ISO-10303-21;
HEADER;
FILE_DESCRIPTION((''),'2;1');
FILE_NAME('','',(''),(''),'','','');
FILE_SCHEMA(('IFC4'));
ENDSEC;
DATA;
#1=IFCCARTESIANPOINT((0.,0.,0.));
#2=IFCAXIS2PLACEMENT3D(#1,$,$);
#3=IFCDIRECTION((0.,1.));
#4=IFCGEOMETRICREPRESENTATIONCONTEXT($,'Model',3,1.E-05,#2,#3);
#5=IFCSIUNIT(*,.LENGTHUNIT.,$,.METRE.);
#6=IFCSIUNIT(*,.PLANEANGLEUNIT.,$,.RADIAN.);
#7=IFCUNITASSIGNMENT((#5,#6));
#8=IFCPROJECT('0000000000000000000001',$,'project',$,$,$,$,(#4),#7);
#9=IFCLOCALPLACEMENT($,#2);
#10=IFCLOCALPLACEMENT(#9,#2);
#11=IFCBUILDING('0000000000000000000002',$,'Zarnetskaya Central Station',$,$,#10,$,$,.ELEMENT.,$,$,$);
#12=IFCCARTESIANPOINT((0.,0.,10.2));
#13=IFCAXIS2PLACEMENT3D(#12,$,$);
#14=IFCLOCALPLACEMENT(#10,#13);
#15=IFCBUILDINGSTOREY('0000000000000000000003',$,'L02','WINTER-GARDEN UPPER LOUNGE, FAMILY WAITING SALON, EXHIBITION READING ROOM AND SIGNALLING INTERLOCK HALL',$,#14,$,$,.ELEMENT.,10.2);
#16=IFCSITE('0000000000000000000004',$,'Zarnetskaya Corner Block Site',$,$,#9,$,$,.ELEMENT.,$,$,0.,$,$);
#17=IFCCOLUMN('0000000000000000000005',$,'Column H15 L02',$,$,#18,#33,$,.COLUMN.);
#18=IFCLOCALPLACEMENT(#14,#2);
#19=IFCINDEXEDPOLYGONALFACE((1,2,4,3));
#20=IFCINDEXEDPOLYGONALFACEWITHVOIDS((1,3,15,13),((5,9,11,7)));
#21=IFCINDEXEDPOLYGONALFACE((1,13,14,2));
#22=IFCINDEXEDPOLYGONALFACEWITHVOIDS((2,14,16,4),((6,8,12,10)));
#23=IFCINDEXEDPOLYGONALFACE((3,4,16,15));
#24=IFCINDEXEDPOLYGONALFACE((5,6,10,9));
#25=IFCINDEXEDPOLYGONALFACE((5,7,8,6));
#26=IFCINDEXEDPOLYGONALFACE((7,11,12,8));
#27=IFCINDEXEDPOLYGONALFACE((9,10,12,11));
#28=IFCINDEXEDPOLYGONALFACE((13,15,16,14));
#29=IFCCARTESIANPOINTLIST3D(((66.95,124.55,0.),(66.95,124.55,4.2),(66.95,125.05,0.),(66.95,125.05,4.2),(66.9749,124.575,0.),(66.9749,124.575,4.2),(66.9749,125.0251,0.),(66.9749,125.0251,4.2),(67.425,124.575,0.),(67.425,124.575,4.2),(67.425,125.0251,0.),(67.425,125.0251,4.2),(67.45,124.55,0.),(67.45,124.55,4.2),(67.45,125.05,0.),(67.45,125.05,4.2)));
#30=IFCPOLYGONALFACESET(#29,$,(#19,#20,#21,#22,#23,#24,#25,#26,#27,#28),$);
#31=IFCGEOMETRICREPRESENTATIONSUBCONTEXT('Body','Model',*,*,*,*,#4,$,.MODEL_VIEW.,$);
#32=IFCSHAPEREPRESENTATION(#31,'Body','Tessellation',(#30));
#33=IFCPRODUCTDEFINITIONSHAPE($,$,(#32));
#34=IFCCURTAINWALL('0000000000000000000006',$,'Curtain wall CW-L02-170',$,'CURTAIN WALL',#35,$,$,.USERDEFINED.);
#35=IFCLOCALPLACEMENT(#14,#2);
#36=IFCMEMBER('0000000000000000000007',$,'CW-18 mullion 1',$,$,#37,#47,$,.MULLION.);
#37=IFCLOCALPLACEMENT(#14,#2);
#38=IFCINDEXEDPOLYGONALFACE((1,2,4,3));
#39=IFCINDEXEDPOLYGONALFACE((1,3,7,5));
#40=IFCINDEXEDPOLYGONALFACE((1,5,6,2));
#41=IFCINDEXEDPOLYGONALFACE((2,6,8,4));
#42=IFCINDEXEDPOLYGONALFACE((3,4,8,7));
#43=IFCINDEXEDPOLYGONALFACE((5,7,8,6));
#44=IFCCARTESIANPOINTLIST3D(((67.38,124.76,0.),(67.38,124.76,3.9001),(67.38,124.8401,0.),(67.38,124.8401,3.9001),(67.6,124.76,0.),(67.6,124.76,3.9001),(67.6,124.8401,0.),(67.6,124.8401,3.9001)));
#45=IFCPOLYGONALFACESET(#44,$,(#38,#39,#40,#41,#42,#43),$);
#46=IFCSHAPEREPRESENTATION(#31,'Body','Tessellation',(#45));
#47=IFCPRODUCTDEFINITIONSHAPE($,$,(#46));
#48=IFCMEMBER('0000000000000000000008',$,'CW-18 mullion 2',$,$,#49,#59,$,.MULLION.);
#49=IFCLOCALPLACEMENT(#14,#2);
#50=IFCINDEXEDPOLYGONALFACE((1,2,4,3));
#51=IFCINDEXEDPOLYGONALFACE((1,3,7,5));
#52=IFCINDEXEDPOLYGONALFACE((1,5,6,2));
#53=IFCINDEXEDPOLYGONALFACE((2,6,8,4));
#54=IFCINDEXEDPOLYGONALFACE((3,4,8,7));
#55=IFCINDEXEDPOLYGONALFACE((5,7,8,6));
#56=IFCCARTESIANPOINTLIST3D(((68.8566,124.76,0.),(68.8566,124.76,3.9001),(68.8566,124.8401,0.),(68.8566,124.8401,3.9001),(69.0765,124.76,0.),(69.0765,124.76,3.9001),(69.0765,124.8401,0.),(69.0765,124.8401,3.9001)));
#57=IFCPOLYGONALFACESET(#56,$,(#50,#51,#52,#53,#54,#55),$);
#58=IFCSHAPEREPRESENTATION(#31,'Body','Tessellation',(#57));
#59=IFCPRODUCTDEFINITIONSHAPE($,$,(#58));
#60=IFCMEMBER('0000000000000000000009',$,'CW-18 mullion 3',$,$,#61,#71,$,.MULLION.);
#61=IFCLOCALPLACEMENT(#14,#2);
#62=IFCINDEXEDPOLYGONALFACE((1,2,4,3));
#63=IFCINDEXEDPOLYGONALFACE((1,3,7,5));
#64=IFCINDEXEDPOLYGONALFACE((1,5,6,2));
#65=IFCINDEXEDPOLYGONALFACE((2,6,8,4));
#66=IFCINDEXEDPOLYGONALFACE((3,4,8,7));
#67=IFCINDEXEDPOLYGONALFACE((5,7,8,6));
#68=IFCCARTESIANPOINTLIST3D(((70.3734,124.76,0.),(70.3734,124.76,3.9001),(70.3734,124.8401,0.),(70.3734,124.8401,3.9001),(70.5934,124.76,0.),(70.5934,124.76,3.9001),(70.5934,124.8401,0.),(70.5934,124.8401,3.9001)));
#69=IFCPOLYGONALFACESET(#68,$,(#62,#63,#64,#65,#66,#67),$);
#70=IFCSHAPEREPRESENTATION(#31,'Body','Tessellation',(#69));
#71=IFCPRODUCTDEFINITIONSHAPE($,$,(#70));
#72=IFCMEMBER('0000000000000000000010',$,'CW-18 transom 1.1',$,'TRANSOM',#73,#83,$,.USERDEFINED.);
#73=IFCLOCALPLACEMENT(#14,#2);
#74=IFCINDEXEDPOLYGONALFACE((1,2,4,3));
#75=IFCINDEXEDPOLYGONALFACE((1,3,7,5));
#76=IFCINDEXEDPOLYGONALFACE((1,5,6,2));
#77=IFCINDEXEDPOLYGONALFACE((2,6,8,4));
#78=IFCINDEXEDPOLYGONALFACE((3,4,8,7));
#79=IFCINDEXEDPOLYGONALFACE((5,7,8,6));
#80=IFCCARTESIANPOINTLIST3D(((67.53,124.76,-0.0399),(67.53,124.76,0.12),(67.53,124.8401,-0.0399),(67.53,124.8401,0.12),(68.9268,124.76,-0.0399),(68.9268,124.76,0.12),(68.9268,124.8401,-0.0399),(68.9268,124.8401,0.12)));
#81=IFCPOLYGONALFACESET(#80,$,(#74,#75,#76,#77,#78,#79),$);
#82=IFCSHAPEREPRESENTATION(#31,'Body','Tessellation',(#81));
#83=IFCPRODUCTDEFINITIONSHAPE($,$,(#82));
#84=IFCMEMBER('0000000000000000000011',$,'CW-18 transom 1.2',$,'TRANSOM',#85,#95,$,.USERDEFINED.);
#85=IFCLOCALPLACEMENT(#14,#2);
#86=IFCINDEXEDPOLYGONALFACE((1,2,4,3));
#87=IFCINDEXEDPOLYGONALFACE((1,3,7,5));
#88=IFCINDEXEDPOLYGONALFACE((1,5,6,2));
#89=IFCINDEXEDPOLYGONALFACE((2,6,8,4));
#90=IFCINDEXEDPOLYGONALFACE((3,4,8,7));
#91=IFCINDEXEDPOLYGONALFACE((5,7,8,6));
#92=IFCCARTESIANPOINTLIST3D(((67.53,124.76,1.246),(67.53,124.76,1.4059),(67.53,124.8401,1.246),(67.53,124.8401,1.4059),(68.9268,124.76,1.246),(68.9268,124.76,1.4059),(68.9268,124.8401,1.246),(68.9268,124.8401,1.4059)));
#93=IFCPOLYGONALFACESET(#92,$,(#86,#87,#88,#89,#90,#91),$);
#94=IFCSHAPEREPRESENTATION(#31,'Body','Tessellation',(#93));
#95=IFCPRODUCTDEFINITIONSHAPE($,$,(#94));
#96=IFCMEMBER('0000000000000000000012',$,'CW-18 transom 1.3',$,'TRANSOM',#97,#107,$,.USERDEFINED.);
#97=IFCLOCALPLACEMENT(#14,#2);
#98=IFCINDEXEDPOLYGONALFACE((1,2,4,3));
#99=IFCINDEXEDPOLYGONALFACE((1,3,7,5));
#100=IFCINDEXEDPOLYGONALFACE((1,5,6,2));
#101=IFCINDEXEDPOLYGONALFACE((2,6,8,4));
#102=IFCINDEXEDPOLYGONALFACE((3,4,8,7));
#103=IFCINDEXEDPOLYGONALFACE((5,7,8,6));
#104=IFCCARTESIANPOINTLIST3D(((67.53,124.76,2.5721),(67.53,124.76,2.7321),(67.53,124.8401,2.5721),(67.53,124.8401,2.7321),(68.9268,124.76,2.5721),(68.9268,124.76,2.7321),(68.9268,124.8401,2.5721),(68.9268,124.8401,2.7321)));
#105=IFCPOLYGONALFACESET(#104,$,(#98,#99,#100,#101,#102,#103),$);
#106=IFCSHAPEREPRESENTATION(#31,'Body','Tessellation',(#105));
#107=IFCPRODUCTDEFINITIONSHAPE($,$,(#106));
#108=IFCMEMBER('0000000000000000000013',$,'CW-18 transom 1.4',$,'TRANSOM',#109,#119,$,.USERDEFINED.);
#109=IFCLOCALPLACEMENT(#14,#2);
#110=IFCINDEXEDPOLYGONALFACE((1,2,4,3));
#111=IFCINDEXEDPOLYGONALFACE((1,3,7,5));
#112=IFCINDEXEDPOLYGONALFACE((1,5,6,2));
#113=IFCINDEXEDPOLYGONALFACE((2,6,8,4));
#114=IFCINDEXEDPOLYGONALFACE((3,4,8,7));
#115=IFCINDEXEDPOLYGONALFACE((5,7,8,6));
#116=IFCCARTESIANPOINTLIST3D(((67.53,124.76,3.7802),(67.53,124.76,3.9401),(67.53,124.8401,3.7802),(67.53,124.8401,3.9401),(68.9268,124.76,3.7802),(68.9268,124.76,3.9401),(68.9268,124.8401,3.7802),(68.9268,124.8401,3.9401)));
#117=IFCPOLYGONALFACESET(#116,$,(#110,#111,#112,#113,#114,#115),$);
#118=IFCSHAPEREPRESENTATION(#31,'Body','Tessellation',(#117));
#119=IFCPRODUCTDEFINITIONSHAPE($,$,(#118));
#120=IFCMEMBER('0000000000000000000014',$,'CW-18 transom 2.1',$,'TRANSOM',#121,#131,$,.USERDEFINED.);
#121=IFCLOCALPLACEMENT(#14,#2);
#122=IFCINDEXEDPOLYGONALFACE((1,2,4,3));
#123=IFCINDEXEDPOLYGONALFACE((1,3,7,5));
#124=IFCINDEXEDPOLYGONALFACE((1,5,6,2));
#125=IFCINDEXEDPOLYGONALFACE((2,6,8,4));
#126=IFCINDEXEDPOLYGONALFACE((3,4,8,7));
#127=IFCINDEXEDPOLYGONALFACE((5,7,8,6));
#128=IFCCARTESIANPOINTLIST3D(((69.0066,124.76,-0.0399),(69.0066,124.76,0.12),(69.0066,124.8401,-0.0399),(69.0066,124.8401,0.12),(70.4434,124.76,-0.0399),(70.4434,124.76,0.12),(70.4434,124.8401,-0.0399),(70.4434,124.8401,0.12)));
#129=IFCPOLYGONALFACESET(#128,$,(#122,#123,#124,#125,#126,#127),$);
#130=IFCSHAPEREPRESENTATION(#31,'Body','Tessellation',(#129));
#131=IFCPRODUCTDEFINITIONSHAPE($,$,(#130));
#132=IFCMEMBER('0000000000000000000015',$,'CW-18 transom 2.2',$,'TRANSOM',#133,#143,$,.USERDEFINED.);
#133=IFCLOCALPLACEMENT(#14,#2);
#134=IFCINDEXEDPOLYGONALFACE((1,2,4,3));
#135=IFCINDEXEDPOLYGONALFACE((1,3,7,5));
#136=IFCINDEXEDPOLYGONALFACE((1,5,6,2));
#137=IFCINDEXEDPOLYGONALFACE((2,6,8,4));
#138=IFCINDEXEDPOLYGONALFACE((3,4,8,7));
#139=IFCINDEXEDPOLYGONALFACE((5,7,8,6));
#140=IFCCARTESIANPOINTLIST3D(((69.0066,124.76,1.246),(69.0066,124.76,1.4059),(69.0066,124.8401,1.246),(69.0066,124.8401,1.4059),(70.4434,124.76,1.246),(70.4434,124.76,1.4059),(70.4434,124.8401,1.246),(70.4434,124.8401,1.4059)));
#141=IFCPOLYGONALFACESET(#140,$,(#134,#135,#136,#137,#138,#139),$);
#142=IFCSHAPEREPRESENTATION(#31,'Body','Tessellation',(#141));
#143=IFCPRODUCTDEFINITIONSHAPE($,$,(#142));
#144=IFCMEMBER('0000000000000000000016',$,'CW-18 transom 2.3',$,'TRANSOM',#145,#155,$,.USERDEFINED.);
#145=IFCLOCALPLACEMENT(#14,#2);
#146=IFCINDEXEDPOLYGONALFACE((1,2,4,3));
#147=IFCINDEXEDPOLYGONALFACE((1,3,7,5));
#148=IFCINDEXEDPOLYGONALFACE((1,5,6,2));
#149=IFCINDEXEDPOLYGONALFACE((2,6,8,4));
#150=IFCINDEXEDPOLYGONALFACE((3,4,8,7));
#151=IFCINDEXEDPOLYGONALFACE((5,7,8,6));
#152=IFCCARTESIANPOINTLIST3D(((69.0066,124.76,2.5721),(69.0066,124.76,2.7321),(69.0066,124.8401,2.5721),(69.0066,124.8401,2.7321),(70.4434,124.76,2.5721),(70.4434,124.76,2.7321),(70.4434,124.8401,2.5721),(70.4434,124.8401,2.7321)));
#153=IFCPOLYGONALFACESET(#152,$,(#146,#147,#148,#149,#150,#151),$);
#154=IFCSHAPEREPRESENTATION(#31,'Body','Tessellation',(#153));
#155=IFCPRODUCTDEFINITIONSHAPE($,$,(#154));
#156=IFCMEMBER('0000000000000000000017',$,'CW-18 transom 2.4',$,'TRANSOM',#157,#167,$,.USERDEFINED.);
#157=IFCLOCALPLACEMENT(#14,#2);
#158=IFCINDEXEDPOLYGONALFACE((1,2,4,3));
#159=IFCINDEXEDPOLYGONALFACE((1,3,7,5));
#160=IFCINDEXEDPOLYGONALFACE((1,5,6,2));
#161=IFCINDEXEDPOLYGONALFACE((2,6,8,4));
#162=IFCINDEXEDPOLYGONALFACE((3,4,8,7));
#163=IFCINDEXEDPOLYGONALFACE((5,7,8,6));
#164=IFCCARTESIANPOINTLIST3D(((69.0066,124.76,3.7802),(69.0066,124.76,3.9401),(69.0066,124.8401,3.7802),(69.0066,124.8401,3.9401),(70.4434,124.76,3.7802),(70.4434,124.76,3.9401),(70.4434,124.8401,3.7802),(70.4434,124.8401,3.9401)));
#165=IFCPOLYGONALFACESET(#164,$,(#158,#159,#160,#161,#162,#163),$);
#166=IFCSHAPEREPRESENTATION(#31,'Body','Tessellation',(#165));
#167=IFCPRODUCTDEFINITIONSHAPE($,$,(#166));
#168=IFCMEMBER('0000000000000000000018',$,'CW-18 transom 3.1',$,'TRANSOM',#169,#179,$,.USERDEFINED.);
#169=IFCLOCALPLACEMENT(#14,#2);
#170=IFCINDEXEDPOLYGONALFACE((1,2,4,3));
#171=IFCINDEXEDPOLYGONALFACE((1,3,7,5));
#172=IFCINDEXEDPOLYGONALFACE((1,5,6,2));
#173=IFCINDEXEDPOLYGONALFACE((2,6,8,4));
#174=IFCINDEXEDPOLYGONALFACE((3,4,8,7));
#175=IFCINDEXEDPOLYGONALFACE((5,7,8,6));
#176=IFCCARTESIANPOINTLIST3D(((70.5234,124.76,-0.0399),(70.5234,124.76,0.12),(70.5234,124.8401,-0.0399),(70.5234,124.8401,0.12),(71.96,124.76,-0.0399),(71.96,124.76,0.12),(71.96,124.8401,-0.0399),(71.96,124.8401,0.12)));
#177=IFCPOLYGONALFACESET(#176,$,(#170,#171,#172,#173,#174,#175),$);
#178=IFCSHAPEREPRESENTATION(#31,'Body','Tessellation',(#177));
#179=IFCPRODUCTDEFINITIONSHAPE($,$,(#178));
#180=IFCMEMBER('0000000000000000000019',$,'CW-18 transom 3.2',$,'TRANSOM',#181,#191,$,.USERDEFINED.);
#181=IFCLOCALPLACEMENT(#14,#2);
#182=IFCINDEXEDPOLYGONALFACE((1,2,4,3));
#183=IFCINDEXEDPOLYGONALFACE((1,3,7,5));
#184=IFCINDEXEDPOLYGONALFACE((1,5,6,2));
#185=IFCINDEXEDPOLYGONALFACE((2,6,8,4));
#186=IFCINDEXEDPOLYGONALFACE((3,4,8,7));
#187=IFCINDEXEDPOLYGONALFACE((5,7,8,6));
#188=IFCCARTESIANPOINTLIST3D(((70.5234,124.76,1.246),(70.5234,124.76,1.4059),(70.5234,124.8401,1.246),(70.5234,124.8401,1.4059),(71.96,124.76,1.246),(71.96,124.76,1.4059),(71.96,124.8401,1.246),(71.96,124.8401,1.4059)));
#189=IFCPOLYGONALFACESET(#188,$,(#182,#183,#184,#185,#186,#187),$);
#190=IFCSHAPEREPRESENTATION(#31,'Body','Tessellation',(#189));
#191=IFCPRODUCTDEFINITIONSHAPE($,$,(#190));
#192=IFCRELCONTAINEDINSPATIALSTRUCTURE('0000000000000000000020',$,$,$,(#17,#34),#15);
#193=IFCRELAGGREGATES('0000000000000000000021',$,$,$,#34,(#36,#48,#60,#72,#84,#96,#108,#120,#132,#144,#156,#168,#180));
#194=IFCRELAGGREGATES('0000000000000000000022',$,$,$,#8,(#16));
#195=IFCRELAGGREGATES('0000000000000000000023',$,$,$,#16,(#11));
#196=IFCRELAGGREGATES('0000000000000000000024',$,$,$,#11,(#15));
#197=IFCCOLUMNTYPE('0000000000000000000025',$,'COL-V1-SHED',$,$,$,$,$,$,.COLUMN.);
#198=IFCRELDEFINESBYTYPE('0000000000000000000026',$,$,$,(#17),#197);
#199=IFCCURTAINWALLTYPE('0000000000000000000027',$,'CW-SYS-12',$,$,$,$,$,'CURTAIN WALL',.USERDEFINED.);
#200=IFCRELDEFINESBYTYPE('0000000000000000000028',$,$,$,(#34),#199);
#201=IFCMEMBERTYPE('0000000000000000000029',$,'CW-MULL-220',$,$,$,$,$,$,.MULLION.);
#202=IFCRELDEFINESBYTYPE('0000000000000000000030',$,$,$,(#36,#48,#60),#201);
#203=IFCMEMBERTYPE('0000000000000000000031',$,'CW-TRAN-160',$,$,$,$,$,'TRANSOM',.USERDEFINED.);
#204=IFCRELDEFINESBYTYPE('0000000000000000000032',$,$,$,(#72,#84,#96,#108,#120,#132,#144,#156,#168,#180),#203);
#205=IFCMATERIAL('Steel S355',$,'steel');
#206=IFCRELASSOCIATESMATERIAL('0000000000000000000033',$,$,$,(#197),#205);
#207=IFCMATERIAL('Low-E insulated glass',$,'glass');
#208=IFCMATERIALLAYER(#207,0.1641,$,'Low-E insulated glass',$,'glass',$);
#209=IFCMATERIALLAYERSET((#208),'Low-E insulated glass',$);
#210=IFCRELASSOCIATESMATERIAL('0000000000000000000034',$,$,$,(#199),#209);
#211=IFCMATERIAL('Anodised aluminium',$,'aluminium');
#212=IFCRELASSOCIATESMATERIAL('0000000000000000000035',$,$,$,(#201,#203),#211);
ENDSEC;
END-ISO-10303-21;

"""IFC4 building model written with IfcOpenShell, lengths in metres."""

from ifc_helpers import new_model, si_unit, direction, frame, origin, origin_2d, place, context, subcontext, project, spatial, rectangle, hollow_rectangle, extrude, material, layer, layer_set, material_profile, profile_set, type_object, element, aggregate, save


model = new_model("IFC4")

# Units and contexts
model_context = context("Model", 3, precision=1e-05, world=origin(), true_north=direction((0.0, 1.0)))
body_context = subcontext(model_context, "Body", "Model", "MODEL_VIEW")
ifc_project = project(units=[si_unit("LENGTHUNIT", "METRE"), si_unit("PLANEANGLEUNIT", "RADIAN")], contexts=[model_context])

# Site, building, storey
site_placement = place(None, origin())
site = spatial("IfcSite", under=ifc_project, at=site_placement, Name="Zarnetskaya Corner Block Site", CompositionType="ELEMENT", RefElevation=0.0)
building_placement = place(site_placement, origin())
building = spatial("IfcBuilding", under=site, at=building_placement, Name="Zarnetskaya Central Station", CompositionType="ELEMENT")
storey_placement = place(building_placement, frame((0.0, 0.0, 10.2)))
storey = spatial("IfcBuildingStorey", under=building, at=storey_placement, Name="L02", Description="WINTER-GARDEN UPPER LOUNGE, FAMILY WAITING SALON, EXHIBITION READING ROOM AND SIGNALLING INTERLOCK HALL", CompositionType="ELEMENT", Elevation=10.2)

# Column
ifc_material_1 = material(Name="Steel S355", Category="steel")
ifc_material_profile_1 = material_profile(ifc_material_1, hollow_rectangle(XDim=0.5, YDim=0.5, WallThickness=0.0249, at=origin_2d()), Name="BOX 500x500x25")
ifc_profile_set_1 = profile_set([ifc_material_profile_1], Name="Steel S355")
column_type = type_object("IfcColumnType", Name="COL-V1-SHED", PredefinedType="COLUMN", material=ifc_profile_set_1)
column_placement = place(storey_placement, frame((67.2, 124.8, 0.0), z_axis=(0.0, 0.0, 1.0), x_axis=(1.0, 0.0, 0.0)))
element("IfcColumn", 1, at=column_placement, inside=storey, type_object=column_type, Name="Column H15 L02", PredefinedType="COLUMN", context=body_context, shape_type="SweptSolid", body=[
    extrude(hollow_rectangle(XDim=0.5, YDim=0.5, WallThickness=0.0249, at=origin_2d()), origin(), (0.0, 0.0, 1.0), 4.2),
])

# Curtain wall, members
ifc_material_2 = material(Name="Low-E insulated glass", Category="glass")
ifc_layer_1 = layer(ifc_material_2, 0.1641, Name="Low-E insulated glass", Category="glass")
ifc_layer_set_1 = layer_set([ifc_layer_1], Name="Low-E insulated glass")
curtain_wall_type = type_object("IfcCurtainWallType", Name="CW-SYS-12", ElementType="CURTAIN WALL", PredefinedType="USERDEFINED", material=ifc_layer_set_1)
curtain_wall_placement = place(storey_placement, origin())
curtain_wall = element("IfcCurtainWall", 2, at=curtain_wall_placement, inside=storey, type_object=curtain_wall_type, Name="Curtain wall CW-L02-170", ObjectType="CURTAIN WALL", PredefinedType="USERDEFINED")
ifc_material_3 = material(Name="Anodised aluminium", Category="aluminium")
ifc_material_profile_2 = material_profile(ifc_material_3, rectangle(XDim=0.0801, YDim=0.22, at=origin_2d()), Name="ALU MULL 80x220")
ifc_profile_set_2 = profile_set([ifc_material_profile_2], Name="Anodised aluminium")
member_type_1 = type_object("IfcMemberType", Name="CW-MULL-220", PredefinedType="MULLION", material=ifc_profile_set_2)
member_1_placement = place(storey_placement, frame((67.49, 124.8, 0.0), z_axis=(0.0, 0.0, 1.0), x_axis=(0.0, 1.0, 0.0)))
member_1 = element("IfcMember", 3, at=member_1_placement, type_object=member_type_1, Name="CW-18 mullion 1", PredefinedType="MULLION", context=body_context, shape_type="SweptSolid", body=[
    extrude(rectangle(XDim=0.0801, YDim=0.22, at=origin_2d()), origin(), (0.0, 0.0, 1.0), 3.9001),
])
member_2_placement = place(storey_placement, frame((68.9666, 124.8, 0.0), z_axis=(0.0, 0.0, 1.0), x_axis=(0.0, 1.0, 0.0)))
member_2 = element("IfcMember", 4, at=member_2_placement, type_object=member_type_1, Name="CW-18 mullion 2", PredefinedType="MULLION", context=body_context, shape_type="SweptSolid", body=[
    extrude(rectangle(XDim=0.0801, YDim=0.22, at=origin_2d()), origin(), (0.0, 0.0, 1.0), 3.9001),
])
member_3_placement = place(storey_placement, frame((70.4834, 124.8, 0.0), z_axis=(0.0, 0.0, 1.0), x_axis=(0.0, 1.0, 0.0)))
member_3 = element("IfcMember", 5, at=member_3_placement, type_object=member_type_1, Name="CW-18 mullion 3", PredefinedType="MULLION", context=body_context, shape_type="SweptSolid", body=[
    extrude(rectangle(XDim=0.0801, YDim=0.22, at=origin_2d()), origin(), (0.0, 0.0, 1.0), 3.9001),
])
ifc_material_profile_3 = material_profile(ifc_material_3, rectangle(XDim=0.0801, YDim=0.1599, at=origin_2d()), Name="ALU TRAN 80x160")
ifc_profile_set_3 = profile_set([ifc_material_profile_3], Name="Anodised aluminium")
member_type_2 = type_object("IfcMemberType", Name="CW-TRAN-160", ElementType="TRANSOM", PredefinedType="USERDEFINED", material=ifc_profile_set_3)
member_4_placement = place(storey_placement, frame((67.53, 124.8, 0.04), z_axis=(1.0, 0.0, 0.0), x_axis=(0.0, 1.0, 0.0)))
member_4 = element("IfcMember", 6, at=member_4_placement, type_object=member_type_2, Name="CW-18 transom 1.1", ObjectType="TRANSOM", PredefinedType="USERDEFINED", context=body_context, shape_type="SweptSolid", body=[
    extrude(rectangle(XDim=0.0801, YDim=0.1599, at=origin_2d()), origin(), (0.0, 0.0, 1.0), 1.3967),
])
member_5_placement = place(storey_placement, frame((67.53, 124.8, 1.3259), z_axis=(1.0, 0.0, 0.0), x_axis=(0.0, 1.0, 0.0)))
member_5 = element("IfcMember", 7, at=member_5_placement, type_object=member_type_2, Name="CW-18 transom 1.2", ObjectType="TRANSOM", PredefinedType="USERDEFINED", context=body_context, shape_type="SweptSolid", body=[
    extrude(rectangle(XDim=0.0801, YDim=0.1599, at=origin_2d()), origin(), (0.0, 0.0, 1.0), 1.3967),
])
member_6_placement = place(storey_placement, frame((67.53, 124.8, 2.6521), z_axis=(1.0, 0.0, 0.0), x_axis=(0.0, 1.0, 0.0)))
member_6 = element("IfcMember", 8, at=member_6_placement, type_object=member_type_2, Name="CW-18 transom 1.3", ObjectType="TRANSOM", PredefinedType="USERDEFINED", context=body_context, shape_type="SweptSolid", body=[
    extrude(rectangle(XDim=0.0801, YDim=0.1599, at=origin_2d()), origin(), (0.0, 0.0, 1.0), 1.3967),
])
member_7_placement = place(storey_placement, frame((67.53, 124.8, 3.8601), z_axis=(1.0, 0.0, 0.0), x_axis=(0.0, 1.0, 0.0)))
member_7 = element("IfcMember", 9, at=member_7_placement, type_object=member_type_2, Name="CW-18 transom 1.4", ObjectType="TRANSOM", PredefinedType="USERDEFINED", context=body_context, shape_type="SweptSolid", body=[
    extrude(rectangle(XDim=0.0801, YDim=0.1599, at=origin_2d()), origin(), (0.0, 0.0, 1.0), 1.3967),
])
member_8_placement = place(storey_placement, frame((69.0066, 124.8, 0.04), z_axis=(1.0, 0.0, 0.0), x_axis=(0.0, 1.0, 0.0)))
member_8 = element("IfcMember", 10, at=member_8_placement, type_object=member_type_2, Name="CW-18 transom 2.1", ObjectType="TRANSOM", PredefinedType="USERDEFINED", context=body_context, shape_type="SweptSolid", body=[
    extrude(rectangle(XDim=0.0801, YDim=0.1599, at=origin_2d()), origin(), (0.0, 0.0, 1.0), 1.4368),
])
member_9_placement = place(storey_placement, frame((69.0066, 124.8, 1.3259), z_axis=(1.0, 0.0, 0.0), x_axis=(0.0, 1.0, 0.0)))
member_9 = element("IfcMember", 11, at=member_9_placement, type_object=member_type_2, Name="CW-18 transom 2.2", ObjectType="TRANSOM", PredefinedType="USERDEFINED", context=body_context, shape_type="SweptSolid", body=[
    extrude(rectangle(XDim=0.0801, YDim=0.1599, at=origin_2d()), origin(), (0.0, 0.0, 1.0), 1.4368),
])
member_10_placement = place(storey_placement, frame((69.0066, 124.8, 2.6521), z_axis=(1.0, 0.0, 0.0), x_axis=(0.0, 1.0, 0.0)))
member_10 = element("IfcMember", 12, at=member_10_placement, type_object=member_type_2, Name="CW-18 transom 2.3", ObjectType="TRANSOM", PredefinedType="USERDEFINED", context=body_context, shape_type="SweptSolid", body=[
    extrude(rectangle(XDim=0.0801, YDim=0.1599, at=origin_2d()), origin(), (0.0, 0.0, 1.0), 1.4368),
])
member_11_placement = place(storey_placement, frame((69.0066, 124.8, 3.8601), z_axis=(1.0, 0.0, 0.0), x_axis=(0.0, 1.0, 0.0)))
member_11 = element("IfcMember", 13, at=member_11_placement, type_object=member_type_2, Name="CW-18 transom 2.4", ObjectType="TRANSOM", PredefinedType="USERDEFINED", context=body_context, shape_type="SweptSolid", body=[
    extrude(rectangle(XDim=0.0801, YDim=0.1599, at=origin_2d()), origin(), (0.0, 0.0, 1.0), 1.4368),
])
member_12_placement = place(storey_placement, frame((70.5234, 124.8, 0.04), z_axis=(1.0, 0.0, 0.0), x_axis=(0.0, 1.0, 0.0)))
member_12 = element("IfcMember", 14, at=member_12_placement, type_object=member_type_2, Name="CW-18 transom 3.1", ObjectType="TRANSOM", PredefinedType="USERDEFINED", context=body_context, shape_type="SweptSolid", body=[
    extrude(rectangle(XDim=0.0801, YDim=0.1599, at=origin_2d()), origin(), (0.0, 0.0, 1.0), 1.4365),
])
member_13_placement = place(storey_placement, frame((70.5234, 124.8, 1.3259), z_axis=(1.0, 0.0, 0.0), x_axis=(0.0, 1.0, 0.0)))
member_13 = element("IfcMember", 15, at=member_13_placement, type_object=member_type_2, Name="CW-18 transom 3.2", ObjectType="TRANSOM", PredefinedType="USERDEFINED", context=body_context, shape_type="SweptSolid", body=[
    extrude(rectangle(XDim=0.0801, YDim=0.1599, at=origin_2d()), origin(), (0.0, 0.0, 1.0), 1.4365),
])
aggregate(curtain_wall, [member_1, member_2, member_3, member_4, member_5, member_6, member_7, member_8, member_9, member_10, member_11, member_12, member_13])

save(model, "model.ifc")
